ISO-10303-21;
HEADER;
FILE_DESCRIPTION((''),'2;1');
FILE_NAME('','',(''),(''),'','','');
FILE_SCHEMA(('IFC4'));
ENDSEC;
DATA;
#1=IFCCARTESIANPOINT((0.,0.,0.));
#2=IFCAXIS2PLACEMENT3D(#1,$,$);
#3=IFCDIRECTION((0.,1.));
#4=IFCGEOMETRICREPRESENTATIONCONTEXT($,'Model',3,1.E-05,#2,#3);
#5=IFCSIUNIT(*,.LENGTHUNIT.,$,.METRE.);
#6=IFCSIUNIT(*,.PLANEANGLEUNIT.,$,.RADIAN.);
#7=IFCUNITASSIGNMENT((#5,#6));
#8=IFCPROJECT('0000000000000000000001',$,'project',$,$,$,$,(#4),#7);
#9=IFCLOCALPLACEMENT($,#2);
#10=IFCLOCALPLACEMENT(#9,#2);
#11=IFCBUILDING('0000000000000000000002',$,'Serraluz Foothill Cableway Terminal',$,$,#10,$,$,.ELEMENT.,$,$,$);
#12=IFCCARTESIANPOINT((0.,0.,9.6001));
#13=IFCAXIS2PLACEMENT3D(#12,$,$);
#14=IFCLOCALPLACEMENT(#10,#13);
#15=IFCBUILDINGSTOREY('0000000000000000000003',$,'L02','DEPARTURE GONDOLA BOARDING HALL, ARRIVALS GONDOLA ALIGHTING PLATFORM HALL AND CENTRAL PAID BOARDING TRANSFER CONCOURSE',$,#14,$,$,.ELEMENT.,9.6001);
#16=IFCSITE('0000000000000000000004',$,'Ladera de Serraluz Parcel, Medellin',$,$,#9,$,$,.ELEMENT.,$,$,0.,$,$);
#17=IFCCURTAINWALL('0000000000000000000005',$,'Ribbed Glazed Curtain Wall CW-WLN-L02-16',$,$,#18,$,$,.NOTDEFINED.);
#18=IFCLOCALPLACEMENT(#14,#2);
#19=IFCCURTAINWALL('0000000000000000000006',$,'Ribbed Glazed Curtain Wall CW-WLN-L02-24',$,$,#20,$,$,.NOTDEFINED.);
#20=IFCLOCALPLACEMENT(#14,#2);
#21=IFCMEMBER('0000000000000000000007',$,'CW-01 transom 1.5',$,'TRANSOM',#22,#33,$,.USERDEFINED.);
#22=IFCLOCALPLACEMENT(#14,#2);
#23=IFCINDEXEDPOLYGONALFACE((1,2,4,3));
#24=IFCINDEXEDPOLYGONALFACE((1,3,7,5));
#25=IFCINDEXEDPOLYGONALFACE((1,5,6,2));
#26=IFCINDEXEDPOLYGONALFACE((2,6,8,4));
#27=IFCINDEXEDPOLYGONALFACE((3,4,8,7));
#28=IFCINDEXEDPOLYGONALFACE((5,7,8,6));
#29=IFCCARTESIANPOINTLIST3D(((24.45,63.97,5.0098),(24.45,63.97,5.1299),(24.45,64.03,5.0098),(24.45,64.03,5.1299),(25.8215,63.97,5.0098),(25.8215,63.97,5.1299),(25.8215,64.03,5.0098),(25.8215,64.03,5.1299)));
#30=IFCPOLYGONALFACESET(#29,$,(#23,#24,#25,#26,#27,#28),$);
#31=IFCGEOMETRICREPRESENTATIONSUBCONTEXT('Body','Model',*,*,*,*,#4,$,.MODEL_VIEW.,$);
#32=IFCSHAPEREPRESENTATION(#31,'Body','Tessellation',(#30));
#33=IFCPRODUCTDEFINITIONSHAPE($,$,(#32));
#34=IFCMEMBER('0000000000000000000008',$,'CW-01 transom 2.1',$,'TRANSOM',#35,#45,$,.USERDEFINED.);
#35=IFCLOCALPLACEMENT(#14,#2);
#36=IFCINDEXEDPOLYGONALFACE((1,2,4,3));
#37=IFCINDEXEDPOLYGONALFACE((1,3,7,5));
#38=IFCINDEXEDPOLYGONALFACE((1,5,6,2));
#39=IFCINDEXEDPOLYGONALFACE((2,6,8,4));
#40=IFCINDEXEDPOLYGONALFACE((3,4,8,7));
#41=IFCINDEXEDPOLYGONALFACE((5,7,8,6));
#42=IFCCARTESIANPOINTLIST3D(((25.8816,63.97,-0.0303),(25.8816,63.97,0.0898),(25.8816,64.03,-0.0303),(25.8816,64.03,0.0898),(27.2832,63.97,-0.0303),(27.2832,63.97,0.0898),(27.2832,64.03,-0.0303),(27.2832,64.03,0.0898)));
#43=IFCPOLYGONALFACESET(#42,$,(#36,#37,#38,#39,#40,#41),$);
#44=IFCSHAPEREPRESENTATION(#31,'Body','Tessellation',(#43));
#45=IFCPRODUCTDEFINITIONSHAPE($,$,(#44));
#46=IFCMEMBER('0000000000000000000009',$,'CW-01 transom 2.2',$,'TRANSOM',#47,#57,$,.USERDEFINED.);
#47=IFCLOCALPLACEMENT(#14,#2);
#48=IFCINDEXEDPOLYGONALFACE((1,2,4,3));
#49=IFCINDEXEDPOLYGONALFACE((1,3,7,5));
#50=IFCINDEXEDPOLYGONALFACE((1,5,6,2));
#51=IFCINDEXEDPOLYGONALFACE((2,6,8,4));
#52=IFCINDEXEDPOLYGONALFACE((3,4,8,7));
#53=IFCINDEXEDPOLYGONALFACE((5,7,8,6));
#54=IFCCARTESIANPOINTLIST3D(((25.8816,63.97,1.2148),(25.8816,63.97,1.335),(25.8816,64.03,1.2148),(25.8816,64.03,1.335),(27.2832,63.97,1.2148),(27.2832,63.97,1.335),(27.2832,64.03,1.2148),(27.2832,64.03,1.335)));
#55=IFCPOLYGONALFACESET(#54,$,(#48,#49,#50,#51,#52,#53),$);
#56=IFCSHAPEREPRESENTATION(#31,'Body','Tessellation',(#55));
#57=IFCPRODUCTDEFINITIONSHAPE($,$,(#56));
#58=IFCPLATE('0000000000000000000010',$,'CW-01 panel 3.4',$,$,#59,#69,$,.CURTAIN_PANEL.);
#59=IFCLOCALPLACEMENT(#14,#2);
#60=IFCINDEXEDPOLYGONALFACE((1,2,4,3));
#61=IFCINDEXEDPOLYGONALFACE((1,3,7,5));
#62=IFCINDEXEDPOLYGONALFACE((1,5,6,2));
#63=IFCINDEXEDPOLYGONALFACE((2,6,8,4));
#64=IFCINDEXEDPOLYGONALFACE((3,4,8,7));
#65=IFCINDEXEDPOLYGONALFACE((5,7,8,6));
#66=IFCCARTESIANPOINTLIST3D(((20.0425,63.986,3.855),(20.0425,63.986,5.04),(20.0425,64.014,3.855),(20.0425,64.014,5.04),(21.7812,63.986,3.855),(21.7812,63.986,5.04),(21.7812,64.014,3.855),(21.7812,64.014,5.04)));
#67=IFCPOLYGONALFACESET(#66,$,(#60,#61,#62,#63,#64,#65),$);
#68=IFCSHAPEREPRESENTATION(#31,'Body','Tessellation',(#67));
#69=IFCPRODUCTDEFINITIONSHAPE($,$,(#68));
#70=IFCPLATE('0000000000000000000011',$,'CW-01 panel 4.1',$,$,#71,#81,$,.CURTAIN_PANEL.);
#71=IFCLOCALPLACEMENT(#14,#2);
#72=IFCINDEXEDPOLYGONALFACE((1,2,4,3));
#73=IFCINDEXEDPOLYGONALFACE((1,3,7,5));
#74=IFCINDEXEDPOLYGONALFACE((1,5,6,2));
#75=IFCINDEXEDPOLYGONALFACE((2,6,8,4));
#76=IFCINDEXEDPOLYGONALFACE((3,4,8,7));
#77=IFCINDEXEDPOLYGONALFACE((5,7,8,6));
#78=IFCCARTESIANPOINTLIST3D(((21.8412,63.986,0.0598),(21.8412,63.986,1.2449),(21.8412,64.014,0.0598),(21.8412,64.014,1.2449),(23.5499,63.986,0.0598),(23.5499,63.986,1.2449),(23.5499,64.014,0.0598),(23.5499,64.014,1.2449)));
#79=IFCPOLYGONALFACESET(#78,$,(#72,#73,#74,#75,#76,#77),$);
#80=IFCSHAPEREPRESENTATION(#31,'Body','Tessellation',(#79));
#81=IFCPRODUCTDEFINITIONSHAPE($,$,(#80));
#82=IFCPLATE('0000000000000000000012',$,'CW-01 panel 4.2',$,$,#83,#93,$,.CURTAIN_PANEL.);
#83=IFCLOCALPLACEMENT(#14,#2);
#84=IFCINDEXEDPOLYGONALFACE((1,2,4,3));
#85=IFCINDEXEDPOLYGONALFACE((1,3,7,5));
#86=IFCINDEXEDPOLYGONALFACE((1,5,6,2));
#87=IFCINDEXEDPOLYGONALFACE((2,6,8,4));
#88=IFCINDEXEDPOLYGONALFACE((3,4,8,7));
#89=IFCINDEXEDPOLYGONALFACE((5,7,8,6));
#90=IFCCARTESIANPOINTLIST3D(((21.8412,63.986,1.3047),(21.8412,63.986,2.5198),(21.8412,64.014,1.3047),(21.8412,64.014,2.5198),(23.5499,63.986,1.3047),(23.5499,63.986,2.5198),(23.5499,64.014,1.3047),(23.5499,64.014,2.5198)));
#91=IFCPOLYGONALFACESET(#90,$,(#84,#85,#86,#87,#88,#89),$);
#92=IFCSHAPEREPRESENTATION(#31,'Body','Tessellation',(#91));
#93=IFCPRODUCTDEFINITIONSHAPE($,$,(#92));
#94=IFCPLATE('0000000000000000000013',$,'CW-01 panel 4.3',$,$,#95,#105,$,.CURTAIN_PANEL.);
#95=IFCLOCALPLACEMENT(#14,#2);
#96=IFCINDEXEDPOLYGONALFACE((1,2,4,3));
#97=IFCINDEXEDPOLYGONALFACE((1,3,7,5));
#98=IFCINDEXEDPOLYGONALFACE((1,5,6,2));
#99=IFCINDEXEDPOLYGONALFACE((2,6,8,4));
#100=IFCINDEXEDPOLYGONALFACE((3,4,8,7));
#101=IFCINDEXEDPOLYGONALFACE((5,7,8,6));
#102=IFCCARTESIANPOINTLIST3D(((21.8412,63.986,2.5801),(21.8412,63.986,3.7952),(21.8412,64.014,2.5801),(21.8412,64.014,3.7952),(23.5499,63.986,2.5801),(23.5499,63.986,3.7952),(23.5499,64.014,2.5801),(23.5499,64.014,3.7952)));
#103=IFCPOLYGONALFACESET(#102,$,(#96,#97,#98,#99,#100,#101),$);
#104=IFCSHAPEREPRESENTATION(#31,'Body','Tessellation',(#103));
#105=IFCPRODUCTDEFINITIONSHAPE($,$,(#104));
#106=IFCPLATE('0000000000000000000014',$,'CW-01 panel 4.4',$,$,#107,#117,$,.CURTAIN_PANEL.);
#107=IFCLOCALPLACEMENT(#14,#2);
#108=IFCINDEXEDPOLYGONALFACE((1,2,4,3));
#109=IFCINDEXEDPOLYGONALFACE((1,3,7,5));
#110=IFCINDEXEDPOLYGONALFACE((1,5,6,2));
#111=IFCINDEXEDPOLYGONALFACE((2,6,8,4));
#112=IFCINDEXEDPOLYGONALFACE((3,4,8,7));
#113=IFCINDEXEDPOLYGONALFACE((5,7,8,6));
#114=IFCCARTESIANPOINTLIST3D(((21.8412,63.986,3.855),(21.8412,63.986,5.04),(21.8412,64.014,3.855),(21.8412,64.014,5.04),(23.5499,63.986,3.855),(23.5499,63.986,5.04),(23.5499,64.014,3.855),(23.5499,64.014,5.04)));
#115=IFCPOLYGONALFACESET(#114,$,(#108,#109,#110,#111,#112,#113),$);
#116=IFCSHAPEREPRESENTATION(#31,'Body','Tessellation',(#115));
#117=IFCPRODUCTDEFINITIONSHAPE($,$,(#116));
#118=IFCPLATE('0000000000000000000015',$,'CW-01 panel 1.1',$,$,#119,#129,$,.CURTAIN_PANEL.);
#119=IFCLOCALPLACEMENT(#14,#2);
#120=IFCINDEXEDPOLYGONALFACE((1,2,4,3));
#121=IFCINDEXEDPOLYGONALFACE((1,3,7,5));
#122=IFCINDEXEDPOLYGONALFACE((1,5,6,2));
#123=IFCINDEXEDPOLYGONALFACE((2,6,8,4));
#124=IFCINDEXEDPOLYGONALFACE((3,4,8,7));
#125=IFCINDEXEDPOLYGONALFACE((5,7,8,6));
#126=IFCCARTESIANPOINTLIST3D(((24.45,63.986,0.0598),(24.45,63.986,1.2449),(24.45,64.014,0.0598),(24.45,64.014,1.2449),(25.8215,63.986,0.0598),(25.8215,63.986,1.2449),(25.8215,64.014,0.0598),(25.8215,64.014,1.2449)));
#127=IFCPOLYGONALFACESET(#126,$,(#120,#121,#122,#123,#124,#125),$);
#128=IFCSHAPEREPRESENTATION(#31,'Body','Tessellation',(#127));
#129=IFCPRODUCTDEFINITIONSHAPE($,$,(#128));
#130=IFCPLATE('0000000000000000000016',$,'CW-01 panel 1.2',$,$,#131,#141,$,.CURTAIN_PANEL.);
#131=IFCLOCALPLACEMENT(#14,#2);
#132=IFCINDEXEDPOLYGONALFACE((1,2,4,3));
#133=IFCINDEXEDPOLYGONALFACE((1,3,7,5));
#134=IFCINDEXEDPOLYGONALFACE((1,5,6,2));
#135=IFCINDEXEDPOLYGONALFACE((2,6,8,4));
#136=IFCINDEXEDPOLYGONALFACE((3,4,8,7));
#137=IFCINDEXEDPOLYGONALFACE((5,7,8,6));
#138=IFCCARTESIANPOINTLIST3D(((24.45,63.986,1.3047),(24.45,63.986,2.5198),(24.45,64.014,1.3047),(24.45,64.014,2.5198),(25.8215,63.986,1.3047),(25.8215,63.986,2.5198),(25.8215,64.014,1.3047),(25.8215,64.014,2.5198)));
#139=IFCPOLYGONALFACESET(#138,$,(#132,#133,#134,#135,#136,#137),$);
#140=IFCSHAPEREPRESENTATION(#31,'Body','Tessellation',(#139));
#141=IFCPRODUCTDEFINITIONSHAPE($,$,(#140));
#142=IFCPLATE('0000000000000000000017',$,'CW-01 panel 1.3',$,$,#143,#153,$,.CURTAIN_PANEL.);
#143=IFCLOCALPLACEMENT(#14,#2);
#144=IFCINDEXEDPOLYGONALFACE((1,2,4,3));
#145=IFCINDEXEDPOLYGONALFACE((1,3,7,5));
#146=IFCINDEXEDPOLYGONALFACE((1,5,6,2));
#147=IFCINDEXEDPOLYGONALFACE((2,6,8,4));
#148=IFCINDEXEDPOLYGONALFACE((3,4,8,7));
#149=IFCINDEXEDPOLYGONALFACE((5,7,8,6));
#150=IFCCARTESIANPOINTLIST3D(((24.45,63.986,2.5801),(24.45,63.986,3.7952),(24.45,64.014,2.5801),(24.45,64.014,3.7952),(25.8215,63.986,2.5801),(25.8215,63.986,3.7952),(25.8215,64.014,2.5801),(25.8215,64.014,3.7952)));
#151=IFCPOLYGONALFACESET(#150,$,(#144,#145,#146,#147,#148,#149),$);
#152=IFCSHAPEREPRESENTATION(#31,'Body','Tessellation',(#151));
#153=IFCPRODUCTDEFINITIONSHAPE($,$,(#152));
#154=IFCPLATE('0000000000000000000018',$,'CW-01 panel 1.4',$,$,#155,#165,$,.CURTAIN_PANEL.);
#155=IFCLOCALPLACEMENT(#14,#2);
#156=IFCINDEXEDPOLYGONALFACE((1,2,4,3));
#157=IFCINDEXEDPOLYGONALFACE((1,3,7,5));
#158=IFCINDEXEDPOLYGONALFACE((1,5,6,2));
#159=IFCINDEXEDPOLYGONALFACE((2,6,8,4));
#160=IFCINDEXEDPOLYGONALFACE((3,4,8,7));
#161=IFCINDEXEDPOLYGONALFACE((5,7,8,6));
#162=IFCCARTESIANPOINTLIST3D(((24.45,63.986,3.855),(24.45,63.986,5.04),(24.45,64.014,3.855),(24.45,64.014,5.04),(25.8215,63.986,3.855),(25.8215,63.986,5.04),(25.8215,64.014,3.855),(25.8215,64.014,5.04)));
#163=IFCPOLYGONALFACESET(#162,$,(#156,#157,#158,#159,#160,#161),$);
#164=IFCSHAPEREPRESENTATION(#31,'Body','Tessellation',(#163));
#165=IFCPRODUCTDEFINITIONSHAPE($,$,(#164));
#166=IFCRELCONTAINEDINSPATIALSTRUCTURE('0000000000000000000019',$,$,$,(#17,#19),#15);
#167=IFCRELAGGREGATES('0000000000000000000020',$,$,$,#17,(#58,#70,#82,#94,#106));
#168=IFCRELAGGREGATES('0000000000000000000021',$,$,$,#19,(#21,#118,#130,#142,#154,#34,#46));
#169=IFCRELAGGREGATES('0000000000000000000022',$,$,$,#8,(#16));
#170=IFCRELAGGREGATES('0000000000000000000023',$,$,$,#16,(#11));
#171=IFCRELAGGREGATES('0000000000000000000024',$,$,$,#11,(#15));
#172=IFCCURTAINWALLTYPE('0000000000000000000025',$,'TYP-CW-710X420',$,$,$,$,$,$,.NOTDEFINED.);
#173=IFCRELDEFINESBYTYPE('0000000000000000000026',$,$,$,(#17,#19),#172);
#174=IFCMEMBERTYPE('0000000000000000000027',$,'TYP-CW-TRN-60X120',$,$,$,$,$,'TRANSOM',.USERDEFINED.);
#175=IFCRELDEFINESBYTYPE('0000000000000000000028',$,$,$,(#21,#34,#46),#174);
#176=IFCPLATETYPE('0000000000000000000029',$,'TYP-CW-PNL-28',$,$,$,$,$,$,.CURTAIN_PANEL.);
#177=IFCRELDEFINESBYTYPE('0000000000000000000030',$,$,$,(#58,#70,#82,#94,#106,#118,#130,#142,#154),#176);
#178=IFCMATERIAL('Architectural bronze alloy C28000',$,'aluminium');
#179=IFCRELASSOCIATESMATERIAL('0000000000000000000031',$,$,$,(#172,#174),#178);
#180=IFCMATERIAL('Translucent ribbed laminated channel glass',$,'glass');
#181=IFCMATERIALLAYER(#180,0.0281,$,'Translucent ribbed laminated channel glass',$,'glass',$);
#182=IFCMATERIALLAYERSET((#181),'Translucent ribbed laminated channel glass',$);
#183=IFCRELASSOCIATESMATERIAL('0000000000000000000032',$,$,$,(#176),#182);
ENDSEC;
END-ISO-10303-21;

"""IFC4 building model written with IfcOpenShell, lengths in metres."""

from ifc_helpers import new_model, si_unit, direction, frame, origin, origin_2d, place, context, subcontext, project, spatial, rectangle, extrude, material, layer, layer_set, material_profile, profile_set, type_object, element, aggregate, save


model = new_model("IFC4")

# Units and contexts
model_context = context("Model", 3, precision=1e-05, world=origin(), true_north=direction((0.0, 1.0)))
body_context = subcontext(model_context, "Body", "Model", "MODEL_VIEW")
ifc_project = project(units=[si_unit("LENGTHUNIT", "METRE"), si_unit("PLANEANGLEUNIT", "RADIAN")], contexts=[model_context])

# Site, building, storey
site_placement = place(None, origin())
site = spatial("IfcSite", under=ifc_project, at=site_placement, Name="Ladera de Serraluz Parcel, Medellin", CompositionType="ELEMENT", RefElevation=0.0)
building_placement = place(site_placement, origin())
building = spatial("IfcBuilding", under=site, at=building_placement, Name="Serraluz Foothill Cableway Terminal", CompositionType="ELEMENT")
storey_placement = place(building_placement, frame((0.0, 0.0, 9.6001)))
storey = spatial("IfcBuildingStorey", under=building, at=storey_placement, Name="L02", Description="DEPARTURE GONDOLA BOARDING HALL, ARRIVALS GONDOLA ALIGHTING PLATFORM HALL AND CENTRAL PAID BOARDING TRANSFER CONCOURSE", CompositionType="ELEMENT", Elevation=9.6001)

# Curtain walls
ifc_material_1 = material(Name="Architectural bronze alloy C28000", Category="aluminium")
curtain_wall_type = type_object("IfcCurtainWallType", Name="TYP-CW-710X420", PredefinedType="NOTDEFINED", material=ifc_material_1)
curtain_wall_1_placement = place(storey_placement, origin())
curtain_wall_1 = element("IfcCurtainWall", 1, at=curtain_wall_1_placement, inside=storey, type_object=curtain_wall_type, Name="Ribbed Glazed Curtain Wall CW-WLN-L02-16", PredefinedType="NOTDEFINED")
curtain_wall_2_placement = place(storey_placement, origin())
curtain_wall_2 = element("IfcCurtainWall", 2, at=curtain_wall_2_placement, inside=storey, type_object=curtain_wall_type, Name="Ribbed Glazed Curtain Wall CW-WLN-L02-24", PredefinedType="NOTDEFINED")

# Members
ifc_material_profile_1 = material_profile(ifc_material_1, rectangle(XDim=0.0601, YDim=0.1201, at=origin_2d()), Name="ALU TRANSOM 60x120")
ifc_profile_set_1 = profile_set([ifc_material_profile_1], Name="Architectural bronze alloy C28000")
member_type_1 = type_object("IfcMemberType", Name="TYP-CW-TRN-60X120", ElementType="TRANSOM", PredefinedType="USERDEFINED", material=ifc_profile_set_1)
member_1_placement = place(storey_placement, frame((24.45, 64.0, 5.0698), z_axis=(1.0, 0.0, 0.0), x_axis=(0.0, 1.0, 0.0)))
member_1 = element("IfcMember", 3, at=member_1_placement, type_object=member_type_1, Name="CW-01 transom 1.5", ObjectType="TRANSOM", PredefinedType="USERDEFINED", context=body_context, shape_type="SweptSolid", body=[
    extrude(rectangle(XDim=0.0601, YDim=0.1201, at=origin_2d()), origin(), (0.0, 0.0, 1.0), 1.3716),
])
member_2_placement = place(storey_placement, frame((25.8816, 64.0, 0.0298), z_axis=(1.0, 0.0, 0.0), x_axis=(0.0, 1.0, 0.0)))
member_2 = element("IfcMember", 4, at=member_2_placement, type_object=member_type_1, Name="CW-01 transom 2.1", ObjectType="TRANSOM", PredefinedType="USERDEFINED", context=body_context, shape_type="SweptSolid", body=[
    extrude(rectangle(XDim=0.0601, YDim=0.1201, at=origin_2d()), origin(), (0.0, 0.0, 1.0), 1.4016),
])
member_3_placement = place(storey_placement, frame((25.8816, 64.0, 1.2749), z_axis=(1.0, 0.0, 0.0), x_axis=(0.0, 1.0, 0.0)))
member_3 = element("IfcMember", 5, at=member_3_placement, type_object=member_type_1, Name="CW-01 transom 2.2", ObjectType="TRANSOM", PredefinedType="USERDEFINED", context=body_context, shape_type="SweptSolid", body=[
    extrude(rectangle(XDim=0.0601, YDim=0.1201, at=origin_2d()), origin(), (0.0, 0.0, 1.0), 1.4016),
])

# Plates
ifc_material_2 = material(Name="Translucent ribbed laminated channel glass", Category="glass")
ifc_layer = layer(ifc_material_2, 0.0281, Name="Translucent ribbed laminated channel glass", Category="glass")
ifc_layer_set = layer_set([ifc_layer], Name="Translucent ribbed laminated channel glass")
plate_type = type_object("IfcPlateType", Name="TYP-CW-PNL-28", PredefinedType="CURTAIN_PANEL", material=ifc_layer_set)
plate_1_placement = place(storey_placement, frame((20.9119, 64.0, 3.855), z_axis=(0.0, 0.0, 1.0), x_axis=(1.0, 0.0, 0.0)))
plate_1 = element("IfcPlate", 6, at=plate_1_placement, type_object=plate_type, Name="CW-01 panel 3.4", PredefinedType="CURTAIN_PANEL", context=body_context, shape_type="SweptSolid", body=[
    extrude(rectangle(XDim=1.7388, YDim=0.0281, at=origin_2d()), origin(), (0.0, 0.0, 1.0), 1.1851),
])
plate_2_placement = place(storey_placement, frame((22.6956, 64.0, 0.0598), z_axis=(0.0, 0.0, 1.0), x_axis=(1.0, 0.0, 0.0)))
plate_2 = element("IfcPlate", 7, at=plate_2_placement, type_object=plate_type, Name="CW-01 panel 4.1", PredefinedType="CURTAIN_PANEL", context=body_context, shape_type="SweptSolid", body=[
    extrude(rectangle(XDim=1.7087, YDim=0.0281, at=origin_2d()), origin(), (0.0, 0.0, 1.0), 1.1851),
])
plate_3_placement = place(storey_placement, frame((22.6956, 64.0, 1.3047), z_axis=(0.0, 0.0, 1.0), x_axis=(1.0, 0.0, 0.0)))
plate_3 = element("IfcPlate", 8, at=plate_3_placement, type_object=plate_type, Name="CW-01 panel 4.2", PredefinedType="CURTAIN_PANEL", context=body_context, shape_type="SweptSolid", body=[
    extrude(rectangle(XDim=1.7087, YDim=0.0281, at=origin_2d()), origin(), (0.0, 0.0, 1.0), 1.2151),
])
plate_4_placement = place(storey_placement, frame((22.6956, 64.0, 2.5801), z_axis=(0.0, 0.0, 1.0), x_axis=(1.0, 0.0, 0.0)))
plate_4 = element("IfcPlate", 9, at=plate_4_placement, type_object=plate_type, Name="CW-01 panel 4.3", PredefinedType="CURTAIN_PANEL", context=body_context, shape_type="SweptSolid", body=[
    extrude(rectangle(XDim=1.7087, YDim=0.0281, at=origin_2d()), origin(), (0.0, 0.0, 1.0), 1.2151),
])
plate_5_placement = place(storey_placement, frame((22.6956, 64.0, 3.855), z_axis=(0.0, 0.0, 1.0), x_axis=(1.0, 0.0, 0.0)))
plate_5 = element("IfcPlate", 10, at=plate_5_placement, type_object=plate_type, Name="CW-01 panel 4.4", PredefinedType="CURTAIN_PANEL", context=body_context, shape_type="SweptSolid", body=[
    extrude(rectangle(XDim=1.7087, YDim=0.0281, at=origin_2d()), origin(), (0.0, 0.0, 1.0), 1.1851),
])
aggregate(curtain_wall_1, [plate_1, plate_2, plate_3, plate_4, plate_5])
plate_6_placement = place(storey_placement, frame((25.1357, 64.0, 0.0598), z_axis=(0.0, 0.0, 1.0), x_axis=(1.0, 0.0, 0.0)))
plate_6 = element("IfcPlate", 11, at=plate_6_placement, type_object=plate_type, Name="CW-01 panel 1.1", PredefinedType="CURTAIN_PANEL", context=body_context, shape_type="SweptSolid", body=[
    extrude(rectangle(XDim=1.3716, YDim=0.0281, at=origin_2d()), origin(), (0.0, 0.0, 1.0), 1.1851),
])
plate_7_placement = place(storey_placement, frame((25.1357, 64.0, 1.3047), z_axis=(0.0, 0.0, 1.0), x_axis=(1.0, 0.0, 0.0)))
plate_7 = element("IfcPlate", 12, at=plate_7_placement, type_object=plate_type, Name="CW-01 panel 1.2", PredefinedType="CURTAIN_PANEL", context=body_context, shape_type="SweptSolid", body=[
    extrude(rectangle(XDim=1.3716, YDim=0.0281, at=origin_2d()), origin(), (0.0, 0.0, 1.0), 1.2151),
])
plate_8_placement = place(storey_placement, frame((25.1357, 64.0, 2.5801), z_axis=(0.0, 0.0, 1.0), x_axis=(1.0, 0.0, 0.0)))
plate_8 = element("IfcPlate", 13, at=plate_8_placement, type_object=plate_type, Name="CW-01 panel 1.3", PredefinedType="CURTAIN_PANEL", context=body_context, shape_type="SweptSolid", body=[
    extrude(rectangle(XDim=1.3716, YDim=0.0281, at=origin_2d()), origin(), (0.0, 0.0, 1.0), 1.2151),
])
plate_9_placement = place(storey_placement, frame((25.1357, 64.0, 3.855), z_axis=(0.0, 0.0, 1.0), x_axis=(1.0, 0.0, 0.0)))
plate_9 = element("IfcPlate", 14, at=plate_9_placement, type_object=plate_type, Name="CW-01 panel 1.4", PredefinedType="CURTAIN_PANEL", context=body_context, shape_type="SweptSolid", body=[
    extrude(rectangle(XDim=1.3716, YDim=0.0281, at=origin_2d()), origin(), (0.0, 0.0, 1.0), 1.1851),
])
aggregate(curtain_wall_2, [member_1, plate_6, plate_7, plate_8, plate_9, member_2, member_3])

save(model, "model.ifc")
